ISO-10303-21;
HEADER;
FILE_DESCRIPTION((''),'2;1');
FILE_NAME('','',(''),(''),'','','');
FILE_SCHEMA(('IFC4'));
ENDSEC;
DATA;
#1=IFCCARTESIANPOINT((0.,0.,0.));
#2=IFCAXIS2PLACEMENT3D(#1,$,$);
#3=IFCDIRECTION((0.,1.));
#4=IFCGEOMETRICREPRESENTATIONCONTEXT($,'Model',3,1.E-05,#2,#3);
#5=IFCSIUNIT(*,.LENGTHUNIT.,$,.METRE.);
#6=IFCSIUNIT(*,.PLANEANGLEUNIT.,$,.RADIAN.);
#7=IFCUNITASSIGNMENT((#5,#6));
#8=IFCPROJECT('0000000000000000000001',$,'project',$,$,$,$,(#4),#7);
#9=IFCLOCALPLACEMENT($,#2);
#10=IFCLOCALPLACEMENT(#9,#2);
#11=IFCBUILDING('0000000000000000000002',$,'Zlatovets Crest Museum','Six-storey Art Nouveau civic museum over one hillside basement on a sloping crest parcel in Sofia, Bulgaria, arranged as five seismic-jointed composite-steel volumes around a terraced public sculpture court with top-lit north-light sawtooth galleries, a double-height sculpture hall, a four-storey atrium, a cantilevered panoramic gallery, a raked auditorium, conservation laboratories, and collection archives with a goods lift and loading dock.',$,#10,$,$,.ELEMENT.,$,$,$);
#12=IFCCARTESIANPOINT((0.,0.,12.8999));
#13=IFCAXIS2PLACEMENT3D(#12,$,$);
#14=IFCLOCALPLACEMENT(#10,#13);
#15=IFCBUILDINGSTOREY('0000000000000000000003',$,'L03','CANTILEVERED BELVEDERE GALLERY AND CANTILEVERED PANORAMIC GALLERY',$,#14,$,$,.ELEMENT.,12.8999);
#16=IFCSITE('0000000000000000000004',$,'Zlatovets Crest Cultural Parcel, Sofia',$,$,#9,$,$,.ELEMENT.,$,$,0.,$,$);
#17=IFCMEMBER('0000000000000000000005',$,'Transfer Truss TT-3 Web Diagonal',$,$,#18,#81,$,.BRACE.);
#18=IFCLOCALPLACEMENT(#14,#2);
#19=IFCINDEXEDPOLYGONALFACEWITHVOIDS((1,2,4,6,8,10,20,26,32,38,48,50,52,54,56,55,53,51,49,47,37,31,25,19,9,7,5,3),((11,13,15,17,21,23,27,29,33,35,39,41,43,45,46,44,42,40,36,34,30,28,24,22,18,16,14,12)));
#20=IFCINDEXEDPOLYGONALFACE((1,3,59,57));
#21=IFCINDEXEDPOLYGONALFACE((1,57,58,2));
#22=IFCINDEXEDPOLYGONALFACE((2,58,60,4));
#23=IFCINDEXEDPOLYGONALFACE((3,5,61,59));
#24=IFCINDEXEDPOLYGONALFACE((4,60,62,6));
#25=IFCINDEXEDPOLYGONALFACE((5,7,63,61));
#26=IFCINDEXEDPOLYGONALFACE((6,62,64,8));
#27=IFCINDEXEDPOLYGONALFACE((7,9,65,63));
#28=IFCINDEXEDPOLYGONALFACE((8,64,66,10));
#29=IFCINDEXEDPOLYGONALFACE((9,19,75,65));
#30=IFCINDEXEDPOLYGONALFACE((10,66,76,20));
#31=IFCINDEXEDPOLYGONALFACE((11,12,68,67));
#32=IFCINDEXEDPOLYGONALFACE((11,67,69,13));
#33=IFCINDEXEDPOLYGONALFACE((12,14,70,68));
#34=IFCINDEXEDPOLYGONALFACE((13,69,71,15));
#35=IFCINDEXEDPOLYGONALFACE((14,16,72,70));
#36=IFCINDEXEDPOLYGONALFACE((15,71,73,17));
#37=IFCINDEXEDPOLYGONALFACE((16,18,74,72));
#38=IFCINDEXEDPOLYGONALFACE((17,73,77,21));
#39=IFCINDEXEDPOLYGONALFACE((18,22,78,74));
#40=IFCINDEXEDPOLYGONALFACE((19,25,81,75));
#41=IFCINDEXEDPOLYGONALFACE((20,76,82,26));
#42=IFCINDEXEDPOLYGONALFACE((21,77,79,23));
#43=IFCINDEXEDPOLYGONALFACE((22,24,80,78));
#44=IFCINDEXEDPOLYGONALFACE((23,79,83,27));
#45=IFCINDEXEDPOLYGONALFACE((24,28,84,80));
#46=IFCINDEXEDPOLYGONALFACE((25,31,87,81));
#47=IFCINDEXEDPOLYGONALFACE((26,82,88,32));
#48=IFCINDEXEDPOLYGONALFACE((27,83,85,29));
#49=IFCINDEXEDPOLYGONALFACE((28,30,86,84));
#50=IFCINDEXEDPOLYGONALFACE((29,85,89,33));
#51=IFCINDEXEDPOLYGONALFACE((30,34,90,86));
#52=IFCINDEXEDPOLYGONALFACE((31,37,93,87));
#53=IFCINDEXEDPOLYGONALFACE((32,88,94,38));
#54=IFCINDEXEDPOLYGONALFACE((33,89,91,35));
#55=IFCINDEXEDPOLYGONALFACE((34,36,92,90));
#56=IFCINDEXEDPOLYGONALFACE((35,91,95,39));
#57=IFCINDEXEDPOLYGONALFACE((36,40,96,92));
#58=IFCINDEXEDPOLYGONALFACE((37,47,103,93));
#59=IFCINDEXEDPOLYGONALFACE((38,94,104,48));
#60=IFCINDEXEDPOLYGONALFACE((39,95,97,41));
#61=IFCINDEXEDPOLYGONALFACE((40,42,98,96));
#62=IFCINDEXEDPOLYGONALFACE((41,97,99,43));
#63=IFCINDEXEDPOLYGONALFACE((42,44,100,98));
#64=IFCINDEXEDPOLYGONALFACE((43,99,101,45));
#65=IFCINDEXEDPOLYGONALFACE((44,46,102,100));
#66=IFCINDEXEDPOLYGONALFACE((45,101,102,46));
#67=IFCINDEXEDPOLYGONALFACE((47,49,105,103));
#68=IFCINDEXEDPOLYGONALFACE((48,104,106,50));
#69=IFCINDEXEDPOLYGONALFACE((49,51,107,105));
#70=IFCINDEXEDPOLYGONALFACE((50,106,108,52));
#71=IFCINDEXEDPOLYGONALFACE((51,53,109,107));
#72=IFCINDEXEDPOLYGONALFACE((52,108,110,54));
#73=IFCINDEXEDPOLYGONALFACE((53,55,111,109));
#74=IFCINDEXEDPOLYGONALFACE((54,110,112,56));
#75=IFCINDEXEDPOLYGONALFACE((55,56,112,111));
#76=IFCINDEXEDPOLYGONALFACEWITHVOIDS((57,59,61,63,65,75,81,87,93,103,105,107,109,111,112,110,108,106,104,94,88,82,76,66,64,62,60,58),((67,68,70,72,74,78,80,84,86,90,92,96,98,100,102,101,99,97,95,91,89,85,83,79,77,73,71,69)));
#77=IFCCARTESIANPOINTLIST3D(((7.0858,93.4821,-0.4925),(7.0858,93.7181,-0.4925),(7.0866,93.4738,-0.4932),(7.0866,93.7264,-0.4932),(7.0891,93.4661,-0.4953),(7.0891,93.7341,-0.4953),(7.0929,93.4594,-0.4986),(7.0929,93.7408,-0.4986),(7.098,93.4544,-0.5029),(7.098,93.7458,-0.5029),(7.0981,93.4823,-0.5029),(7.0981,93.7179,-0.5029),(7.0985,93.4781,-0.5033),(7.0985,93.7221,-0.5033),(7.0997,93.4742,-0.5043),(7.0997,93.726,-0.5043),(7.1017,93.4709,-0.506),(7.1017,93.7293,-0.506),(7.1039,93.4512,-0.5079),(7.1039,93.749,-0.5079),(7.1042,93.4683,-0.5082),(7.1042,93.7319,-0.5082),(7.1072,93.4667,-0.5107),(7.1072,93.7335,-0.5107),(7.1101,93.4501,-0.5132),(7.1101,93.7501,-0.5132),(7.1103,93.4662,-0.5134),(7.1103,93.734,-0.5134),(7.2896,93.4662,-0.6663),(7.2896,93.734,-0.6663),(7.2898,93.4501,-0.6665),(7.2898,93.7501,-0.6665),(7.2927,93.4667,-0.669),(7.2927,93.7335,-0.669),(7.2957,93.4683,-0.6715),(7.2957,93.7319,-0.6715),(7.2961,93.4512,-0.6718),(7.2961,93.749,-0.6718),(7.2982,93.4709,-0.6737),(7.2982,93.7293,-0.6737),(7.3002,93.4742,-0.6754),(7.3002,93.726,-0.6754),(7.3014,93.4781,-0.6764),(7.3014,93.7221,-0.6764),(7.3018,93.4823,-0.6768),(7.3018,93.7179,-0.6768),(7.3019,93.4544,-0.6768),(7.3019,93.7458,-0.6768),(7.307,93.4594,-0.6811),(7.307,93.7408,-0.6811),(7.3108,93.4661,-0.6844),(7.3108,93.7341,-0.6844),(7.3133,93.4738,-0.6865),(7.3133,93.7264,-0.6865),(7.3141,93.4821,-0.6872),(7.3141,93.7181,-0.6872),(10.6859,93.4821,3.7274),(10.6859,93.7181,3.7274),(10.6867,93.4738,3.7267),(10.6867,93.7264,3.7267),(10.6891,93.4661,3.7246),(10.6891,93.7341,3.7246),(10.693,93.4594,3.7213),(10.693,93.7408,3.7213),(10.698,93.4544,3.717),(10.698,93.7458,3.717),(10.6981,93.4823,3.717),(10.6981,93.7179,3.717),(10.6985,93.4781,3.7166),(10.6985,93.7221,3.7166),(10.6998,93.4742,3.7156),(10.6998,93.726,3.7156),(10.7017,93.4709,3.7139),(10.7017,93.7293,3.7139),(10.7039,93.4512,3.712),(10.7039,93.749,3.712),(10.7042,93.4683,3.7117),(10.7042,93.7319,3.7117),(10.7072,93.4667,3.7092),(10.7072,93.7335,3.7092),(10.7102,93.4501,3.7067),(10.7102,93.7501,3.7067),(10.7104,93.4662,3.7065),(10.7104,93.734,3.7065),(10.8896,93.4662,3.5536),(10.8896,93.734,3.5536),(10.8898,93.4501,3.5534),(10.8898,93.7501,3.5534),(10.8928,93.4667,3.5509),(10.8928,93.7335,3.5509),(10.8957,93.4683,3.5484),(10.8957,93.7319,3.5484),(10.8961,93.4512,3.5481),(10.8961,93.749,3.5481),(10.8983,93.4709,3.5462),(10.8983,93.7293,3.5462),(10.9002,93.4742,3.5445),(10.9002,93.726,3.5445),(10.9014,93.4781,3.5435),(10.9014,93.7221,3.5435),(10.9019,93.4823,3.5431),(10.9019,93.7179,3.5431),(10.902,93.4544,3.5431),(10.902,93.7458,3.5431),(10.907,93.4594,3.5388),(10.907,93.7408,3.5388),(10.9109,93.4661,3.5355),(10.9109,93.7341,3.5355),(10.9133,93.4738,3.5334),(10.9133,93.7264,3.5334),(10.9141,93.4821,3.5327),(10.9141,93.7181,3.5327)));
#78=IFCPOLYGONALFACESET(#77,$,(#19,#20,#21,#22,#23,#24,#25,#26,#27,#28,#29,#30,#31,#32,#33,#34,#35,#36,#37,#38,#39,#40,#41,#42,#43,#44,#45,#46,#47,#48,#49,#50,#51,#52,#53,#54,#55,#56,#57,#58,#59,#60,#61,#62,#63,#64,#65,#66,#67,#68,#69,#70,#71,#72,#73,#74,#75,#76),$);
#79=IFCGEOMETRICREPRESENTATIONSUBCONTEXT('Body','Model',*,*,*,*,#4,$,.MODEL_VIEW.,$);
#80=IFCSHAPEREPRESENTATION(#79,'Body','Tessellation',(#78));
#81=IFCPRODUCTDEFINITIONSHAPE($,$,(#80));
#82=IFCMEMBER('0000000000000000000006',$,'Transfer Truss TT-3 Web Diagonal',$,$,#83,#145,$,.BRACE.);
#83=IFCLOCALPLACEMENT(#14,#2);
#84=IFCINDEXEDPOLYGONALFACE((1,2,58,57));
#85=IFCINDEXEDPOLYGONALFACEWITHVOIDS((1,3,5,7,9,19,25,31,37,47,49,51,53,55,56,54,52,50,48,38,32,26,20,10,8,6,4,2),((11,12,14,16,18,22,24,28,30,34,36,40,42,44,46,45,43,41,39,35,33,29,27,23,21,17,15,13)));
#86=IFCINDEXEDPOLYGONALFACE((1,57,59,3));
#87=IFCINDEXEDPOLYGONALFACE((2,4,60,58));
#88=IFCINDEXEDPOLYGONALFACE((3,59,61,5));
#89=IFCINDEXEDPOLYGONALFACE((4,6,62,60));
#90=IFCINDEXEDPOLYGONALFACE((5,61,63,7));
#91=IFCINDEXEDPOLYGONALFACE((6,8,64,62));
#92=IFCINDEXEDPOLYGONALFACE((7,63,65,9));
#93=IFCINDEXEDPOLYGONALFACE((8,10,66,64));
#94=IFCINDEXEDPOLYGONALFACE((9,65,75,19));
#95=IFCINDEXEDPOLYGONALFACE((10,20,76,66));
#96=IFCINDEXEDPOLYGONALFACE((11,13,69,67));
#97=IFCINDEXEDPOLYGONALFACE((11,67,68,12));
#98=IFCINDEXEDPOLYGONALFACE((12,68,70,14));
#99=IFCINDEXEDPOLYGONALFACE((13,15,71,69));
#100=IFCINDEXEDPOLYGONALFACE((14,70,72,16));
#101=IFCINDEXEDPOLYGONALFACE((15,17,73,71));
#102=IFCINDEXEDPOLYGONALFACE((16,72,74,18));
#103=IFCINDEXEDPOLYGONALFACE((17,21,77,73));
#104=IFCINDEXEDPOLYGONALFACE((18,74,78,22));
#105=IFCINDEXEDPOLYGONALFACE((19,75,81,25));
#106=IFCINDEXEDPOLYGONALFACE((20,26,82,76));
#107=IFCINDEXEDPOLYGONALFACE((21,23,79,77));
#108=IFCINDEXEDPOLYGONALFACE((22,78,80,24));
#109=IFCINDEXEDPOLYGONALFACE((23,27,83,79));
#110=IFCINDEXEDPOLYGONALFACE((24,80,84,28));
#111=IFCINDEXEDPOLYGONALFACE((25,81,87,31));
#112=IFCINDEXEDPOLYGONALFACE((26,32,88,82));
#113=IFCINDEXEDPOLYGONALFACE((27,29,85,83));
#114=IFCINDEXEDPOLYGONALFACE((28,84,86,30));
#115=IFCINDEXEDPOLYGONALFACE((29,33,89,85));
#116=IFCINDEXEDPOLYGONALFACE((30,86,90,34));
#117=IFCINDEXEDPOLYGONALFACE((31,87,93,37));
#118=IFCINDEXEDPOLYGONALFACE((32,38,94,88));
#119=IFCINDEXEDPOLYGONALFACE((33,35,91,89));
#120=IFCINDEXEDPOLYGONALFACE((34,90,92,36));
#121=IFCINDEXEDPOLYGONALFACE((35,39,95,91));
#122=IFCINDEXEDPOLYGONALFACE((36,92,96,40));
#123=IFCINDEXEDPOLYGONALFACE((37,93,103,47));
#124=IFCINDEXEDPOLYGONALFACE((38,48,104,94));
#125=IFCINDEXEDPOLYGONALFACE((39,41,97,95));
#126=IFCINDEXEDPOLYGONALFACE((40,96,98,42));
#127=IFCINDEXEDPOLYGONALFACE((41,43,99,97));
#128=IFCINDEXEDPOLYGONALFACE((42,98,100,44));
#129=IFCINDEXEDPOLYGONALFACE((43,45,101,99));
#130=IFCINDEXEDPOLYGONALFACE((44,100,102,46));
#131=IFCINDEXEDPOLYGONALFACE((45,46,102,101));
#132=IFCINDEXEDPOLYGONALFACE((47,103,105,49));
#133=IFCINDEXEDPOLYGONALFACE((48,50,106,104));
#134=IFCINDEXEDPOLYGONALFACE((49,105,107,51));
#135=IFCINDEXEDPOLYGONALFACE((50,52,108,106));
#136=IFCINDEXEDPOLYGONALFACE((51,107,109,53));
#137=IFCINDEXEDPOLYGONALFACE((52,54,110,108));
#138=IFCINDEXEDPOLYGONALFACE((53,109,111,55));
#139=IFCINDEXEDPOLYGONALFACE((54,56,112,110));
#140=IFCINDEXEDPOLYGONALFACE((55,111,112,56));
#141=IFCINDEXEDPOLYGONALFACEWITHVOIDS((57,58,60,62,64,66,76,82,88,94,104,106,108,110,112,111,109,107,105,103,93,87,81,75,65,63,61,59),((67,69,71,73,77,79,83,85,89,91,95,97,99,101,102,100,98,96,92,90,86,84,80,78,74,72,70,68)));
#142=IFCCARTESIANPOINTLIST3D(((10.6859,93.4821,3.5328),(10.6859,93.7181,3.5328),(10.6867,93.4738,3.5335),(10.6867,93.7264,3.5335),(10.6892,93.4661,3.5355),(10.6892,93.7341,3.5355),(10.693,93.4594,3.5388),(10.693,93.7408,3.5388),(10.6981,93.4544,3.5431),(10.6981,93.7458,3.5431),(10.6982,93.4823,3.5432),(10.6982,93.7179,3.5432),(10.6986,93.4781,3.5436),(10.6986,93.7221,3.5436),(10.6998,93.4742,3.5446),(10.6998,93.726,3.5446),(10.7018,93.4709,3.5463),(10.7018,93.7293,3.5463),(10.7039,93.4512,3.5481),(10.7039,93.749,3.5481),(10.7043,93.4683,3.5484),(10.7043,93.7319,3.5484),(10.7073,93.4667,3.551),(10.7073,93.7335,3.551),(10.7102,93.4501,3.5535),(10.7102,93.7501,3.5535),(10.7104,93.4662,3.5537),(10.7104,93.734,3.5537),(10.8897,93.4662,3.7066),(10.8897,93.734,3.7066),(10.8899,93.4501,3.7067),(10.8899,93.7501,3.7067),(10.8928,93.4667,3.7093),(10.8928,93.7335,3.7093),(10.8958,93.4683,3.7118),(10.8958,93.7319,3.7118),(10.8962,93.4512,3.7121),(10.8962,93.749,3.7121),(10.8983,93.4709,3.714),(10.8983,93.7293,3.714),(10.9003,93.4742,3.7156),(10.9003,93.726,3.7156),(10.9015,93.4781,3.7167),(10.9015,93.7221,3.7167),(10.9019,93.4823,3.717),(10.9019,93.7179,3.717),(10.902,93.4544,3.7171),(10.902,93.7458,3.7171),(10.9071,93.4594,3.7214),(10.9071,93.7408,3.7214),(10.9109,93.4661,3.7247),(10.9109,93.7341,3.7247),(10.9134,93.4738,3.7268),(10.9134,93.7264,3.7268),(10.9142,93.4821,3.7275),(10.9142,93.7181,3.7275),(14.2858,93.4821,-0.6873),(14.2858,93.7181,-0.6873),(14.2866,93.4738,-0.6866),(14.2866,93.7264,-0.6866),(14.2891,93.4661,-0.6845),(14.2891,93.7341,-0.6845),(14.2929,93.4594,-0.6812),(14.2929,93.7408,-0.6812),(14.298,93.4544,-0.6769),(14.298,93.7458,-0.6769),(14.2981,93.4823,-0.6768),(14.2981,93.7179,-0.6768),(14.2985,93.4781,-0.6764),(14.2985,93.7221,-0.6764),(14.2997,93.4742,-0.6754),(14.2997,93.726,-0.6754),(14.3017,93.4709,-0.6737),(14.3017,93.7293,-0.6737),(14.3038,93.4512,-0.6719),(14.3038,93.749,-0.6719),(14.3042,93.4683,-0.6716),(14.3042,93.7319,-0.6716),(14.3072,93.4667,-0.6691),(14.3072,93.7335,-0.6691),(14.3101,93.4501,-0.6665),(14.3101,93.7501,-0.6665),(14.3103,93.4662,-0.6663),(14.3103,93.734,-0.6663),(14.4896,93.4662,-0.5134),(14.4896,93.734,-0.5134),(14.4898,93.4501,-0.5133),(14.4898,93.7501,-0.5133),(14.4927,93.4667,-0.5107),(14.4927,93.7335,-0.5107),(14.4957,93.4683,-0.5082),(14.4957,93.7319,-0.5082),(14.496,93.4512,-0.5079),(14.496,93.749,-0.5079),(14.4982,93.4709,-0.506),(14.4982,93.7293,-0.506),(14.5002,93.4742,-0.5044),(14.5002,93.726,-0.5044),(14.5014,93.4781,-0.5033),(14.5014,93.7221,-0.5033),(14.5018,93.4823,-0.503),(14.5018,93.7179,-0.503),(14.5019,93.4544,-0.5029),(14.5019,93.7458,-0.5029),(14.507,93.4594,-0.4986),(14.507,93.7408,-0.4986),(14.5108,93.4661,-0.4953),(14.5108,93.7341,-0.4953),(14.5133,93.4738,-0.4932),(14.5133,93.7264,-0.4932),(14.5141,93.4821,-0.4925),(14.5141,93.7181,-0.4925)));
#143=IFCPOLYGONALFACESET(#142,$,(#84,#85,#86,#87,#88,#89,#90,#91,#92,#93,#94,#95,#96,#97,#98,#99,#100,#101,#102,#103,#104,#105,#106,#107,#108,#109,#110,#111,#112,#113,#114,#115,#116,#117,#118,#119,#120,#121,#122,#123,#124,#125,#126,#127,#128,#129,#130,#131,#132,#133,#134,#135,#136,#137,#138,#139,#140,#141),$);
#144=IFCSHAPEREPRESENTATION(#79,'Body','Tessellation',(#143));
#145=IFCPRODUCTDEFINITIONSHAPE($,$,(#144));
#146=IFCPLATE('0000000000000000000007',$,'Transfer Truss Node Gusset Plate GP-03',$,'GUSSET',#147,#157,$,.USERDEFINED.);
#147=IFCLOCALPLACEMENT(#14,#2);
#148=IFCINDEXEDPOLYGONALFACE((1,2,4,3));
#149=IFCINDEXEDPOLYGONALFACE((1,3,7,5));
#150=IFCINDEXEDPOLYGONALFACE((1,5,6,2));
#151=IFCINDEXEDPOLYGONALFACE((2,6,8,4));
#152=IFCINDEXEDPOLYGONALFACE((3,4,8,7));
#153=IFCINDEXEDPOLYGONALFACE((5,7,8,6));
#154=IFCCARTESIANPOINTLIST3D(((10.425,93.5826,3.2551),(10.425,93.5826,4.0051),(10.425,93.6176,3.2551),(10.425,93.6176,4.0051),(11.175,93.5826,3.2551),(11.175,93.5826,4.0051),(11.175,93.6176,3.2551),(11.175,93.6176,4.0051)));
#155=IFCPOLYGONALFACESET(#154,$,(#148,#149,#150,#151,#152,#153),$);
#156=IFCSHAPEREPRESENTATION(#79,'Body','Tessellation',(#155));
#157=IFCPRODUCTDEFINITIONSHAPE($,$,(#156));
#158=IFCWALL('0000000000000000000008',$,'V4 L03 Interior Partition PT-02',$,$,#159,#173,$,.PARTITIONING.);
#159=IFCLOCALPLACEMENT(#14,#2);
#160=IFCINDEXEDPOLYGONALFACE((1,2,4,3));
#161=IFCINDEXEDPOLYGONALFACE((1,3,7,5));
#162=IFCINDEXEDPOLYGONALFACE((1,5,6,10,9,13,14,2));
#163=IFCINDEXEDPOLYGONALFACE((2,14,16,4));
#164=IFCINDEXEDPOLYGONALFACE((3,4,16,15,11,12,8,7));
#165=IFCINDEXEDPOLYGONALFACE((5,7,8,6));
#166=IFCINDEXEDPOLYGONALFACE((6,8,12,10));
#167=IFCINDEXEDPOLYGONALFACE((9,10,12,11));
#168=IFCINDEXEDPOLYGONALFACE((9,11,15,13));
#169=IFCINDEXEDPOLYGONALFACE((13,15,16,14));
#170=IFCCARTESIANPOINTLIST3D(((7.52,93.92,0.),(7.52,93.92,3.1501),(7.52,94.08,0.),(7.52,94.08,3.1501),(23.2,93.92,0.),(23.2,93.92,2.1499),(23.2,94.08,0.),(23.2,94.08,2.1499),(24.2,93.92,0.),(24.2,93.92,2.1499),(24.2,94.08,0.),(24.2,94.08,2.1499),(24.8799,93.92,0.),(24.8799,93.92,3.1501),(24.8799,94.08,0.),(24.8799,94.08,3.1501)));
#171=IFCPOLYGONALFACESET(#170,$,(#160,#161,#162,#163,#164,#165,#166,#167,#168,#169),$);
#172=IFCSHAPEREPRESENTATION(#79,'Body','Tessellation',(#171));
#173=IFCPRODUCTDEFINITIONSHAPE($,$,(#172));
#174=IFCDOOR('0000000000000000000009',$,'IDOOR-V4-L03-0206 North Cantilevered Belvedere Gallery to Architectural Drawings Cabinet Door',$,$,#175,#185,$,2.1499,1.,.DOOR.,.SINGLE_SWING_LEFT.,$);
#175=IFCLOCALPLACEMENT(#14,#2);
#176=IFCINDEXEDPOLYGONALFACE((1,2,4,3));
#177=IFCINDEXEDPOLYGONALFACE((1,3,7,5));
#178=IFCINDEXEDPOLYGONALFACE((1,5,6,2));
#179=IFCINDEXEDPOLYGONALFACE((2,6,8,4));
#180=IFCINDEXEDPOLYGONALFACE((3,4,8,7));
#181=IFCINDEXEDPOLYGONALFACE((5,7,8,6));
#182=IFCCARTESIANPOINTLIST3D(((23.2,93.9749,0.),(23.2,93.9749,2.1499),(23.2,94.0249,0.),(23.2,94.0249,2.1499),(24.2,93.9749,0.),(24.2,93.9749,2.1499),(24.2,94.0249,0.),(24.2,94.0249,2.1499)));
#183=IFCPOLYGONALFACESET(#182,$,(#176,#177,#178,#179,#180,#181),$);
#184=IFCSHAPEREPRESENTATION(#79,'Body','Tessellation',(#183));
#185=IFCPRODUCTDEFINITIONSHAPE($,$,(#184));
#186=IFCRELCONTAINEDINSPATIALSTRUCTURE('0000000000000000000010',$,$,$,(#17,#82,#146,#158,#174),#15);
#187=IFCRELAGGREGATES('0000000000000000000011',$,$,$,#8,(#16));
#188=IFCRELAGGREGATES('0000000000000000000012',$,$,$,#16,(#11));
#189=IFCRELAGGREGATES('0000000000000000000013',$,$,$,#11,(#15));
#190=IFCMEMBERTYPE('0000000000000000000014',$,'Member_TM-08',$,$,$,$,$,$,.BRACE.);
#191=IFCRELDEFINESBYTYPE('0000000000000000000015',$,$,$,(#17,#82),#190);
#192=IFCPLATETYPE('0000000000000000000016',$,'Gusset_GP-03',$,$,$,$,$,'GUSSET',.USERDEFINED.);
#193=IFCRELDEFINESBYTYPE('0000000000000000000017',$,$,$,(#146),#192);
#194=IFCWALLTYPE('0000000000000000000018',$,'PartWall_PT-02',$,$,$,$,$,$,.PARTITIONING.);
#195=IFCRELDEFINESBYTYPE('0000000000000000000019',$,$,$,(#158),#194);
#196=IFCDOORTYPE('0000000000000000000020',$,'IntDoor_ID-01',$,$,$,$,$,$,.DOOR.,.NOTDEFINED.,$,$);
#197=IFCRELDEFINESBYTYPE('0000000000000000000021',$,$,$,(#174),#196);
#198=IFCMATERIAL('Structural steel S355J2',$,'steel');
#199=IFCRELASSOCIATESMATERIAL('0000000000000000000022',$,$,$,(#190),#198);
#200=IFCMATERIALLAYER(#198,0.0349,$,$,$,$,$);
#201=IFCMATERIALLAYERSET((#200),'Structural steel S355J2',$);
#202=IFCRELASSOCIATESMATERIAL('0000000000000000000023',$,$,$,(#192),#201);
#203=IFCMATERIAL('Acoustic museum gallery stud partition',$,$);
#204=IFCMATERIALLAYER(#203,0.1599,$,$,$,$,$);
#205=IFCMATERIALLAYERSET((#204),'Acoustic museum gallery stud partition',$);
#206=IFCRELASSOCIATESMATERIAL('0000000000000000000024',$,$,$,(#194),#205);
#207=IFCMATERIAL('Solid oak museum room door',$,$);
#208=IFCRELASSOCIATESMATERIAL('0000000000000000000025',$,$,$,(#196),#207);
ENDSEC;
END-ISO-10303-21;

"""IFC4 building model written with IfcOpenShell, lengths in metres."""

from ifc_helpers import new_model, si_unit, direction, frame, frame_2d, origin, origin_2d, place, context, subcontext, project, spatial, rectangle, hollow_rectangle, extrude, material, layer, layer_set, material_profile, profile_set, type_object, element, fill, save


model = new_model("IFC4")

# Units and contexts
model_context = context("Model", 3, precision=1e-05, world=origin(), true_north=direction((0.0, 1.0)))
body_context = subcontext(model_context, "Body", "Model", "MODEL_VIEW")
ifc_project = project(units=[si_unit("LENGTHUNIT", "METRE"), si_unit("PLANEANGLEUNIT", "RADIAN")], contexts=[model_context])

# Site, building, storey
site_placement = place(None, origin())
site = spatial("IfcSite", under=ifc_project, at=site_placement, Name="Zlatovets Crest Cultural Parcel, Sofia", CompositionType="ELEMENT", RefElevation=0.0)
building_placement = place(site_placement, origin())
building = spatial("IfcBuilding", under=site, at=building_placement, Name="Zlatovets Crest Museum", Description="Six-storey Art Nouveau civic museum over one hillside basement on a sloping crest parcel in Sofia, Bulgaria, arranged as five seismic-jointed composite-steel volumes around a terraced public sculpture court with top-lit north-light sawtooth galleries, a double-height sculpture hall, a four-storey atrium, a cantilevered panoramic gallery, a raked auditorium, conservation laboratories, and collection archives with a goods lift and loading dock.", CompositionType="ELEMENT")
storey_placement = place(building_placement, frame((0.0, 0.0, 12.8999)))
storey = spatial("IfcBuildingStorey", under=building, at=storey_placement, Name="L03", Description="CANTILEVERED BELVEDERE GALLERY AND CANTILEVERED PANORAMIC GALLERY", CompositionType="ELEMENT", Elevation=12.8999)

# Shared definitions
ifc_material_1 = material(Name="Structural steel S355J2", Category="steel")

# Members
ifc_material_profile_1 = material_profile(ifc_material_1, hollow_rectangle(XDim=0.3, YDim=0.3, WallThickness=0.0161, InnerFilletRadius=0.0161, OuterFilletRadius=0.032, at=origin_2d()), Name="SHS 300x300x16.0")
ifc_profile_set_1 = profile_set([ifc_material_profile_1], Name="Structural steel S355J2")
member_type_1 = type_object("IfcMemberType", Name="Member_TM-08", PredefinedType="BRACE", material=ifc_profile_set_1)
for number, where, z_axis, x_axis, name in (
    (1, (7.2, 93.6001, -0.5898), (0.649021, 0.0, 0.760771), (0.0, 1.0, 0.0), "Transfer Truss TT-3 Web Diagonal"),
    (2, (10.8, 93.6001, 3.6301), (0.648995, 0.0, -0.760792), (0.0, 1.0, 0.0), "Transfer Truss TT-3 Web Diagonal"),
):
    element("IfcMember", number, at=place(storey_placement, frame(where, z_axis=z_axis, x_axis=x_axis)), inside=storey, type_object=member_type_1, Name=name, PredefinedType="BRACE", context=body_context, shape_type="SweptSolid", body=[
        extrude(hollow_rectangle(XDim=0.3, YDim=0.3, WallThickness=0.0161, InnerFilletRadius=0.0161, OuterFilletRadius=0.032, at=origin_2d()), origin(), (0.0, 0.0, 1.0), 5.5469),
    ])

# Plate
ifc_layer_1 = layer(ifc_material_1, 0.0349)
ifc_layer_set_1 = layer_set([ifc_layer_1], Name="Structural steel S355J2")
plate_type = type_object("IfcPlateType", Name="Gusset_GP-03", ElementType="GUSSET", PredefinedType="USERDEFINED", material=ifc_layer_set_1)
plate_placement = place(storey_placement, frame((10.8, 93.6001, 3.2551), z_axis=(0.0, 0.0, 1.0), x_axis=(1.0, 0.0, 0.0)))
element("IfcPlate", 3, at=plate_placement, inside=storey, type_object=plate_type, Name="Transfer Truss Node Gusset Plate GP-03", ObjectType="GUSSET", PredefinedType="USERDEFINED", context=body_context, shape_type="SweptSolid", body=[
    extrude(rectangle(XDim=0.75, YDim=0.0349, at=origin_2d()), origin(), (0.0, 0.0, 1.0), 0.75),
])

# Wall, opening, door
ifc_material_2 = material(Name="Acoustic museum gallery stud partition")
ifc_layer_2 = layer(ifc_material_2, 0.1599)
ifc_layer_set_2 = layer_set([ifc_layer_2], Name="Acoustic museum gallery stud partition")
wall_type = type_object("IfcWallType", Name="PartWall_PT-02", PredefinedType="PARTITIONING", material=ifc_layer_set_2)
wall_placement = place(storey_placement, frame((7.52, 94.0, 0.0), z_axis=(0.0, 0.0, 1.0), x_axis=(1.0, 0.0, 0.0)))
wall = element("IfcWall", 4, at=wall_placement, inside=storey, type_object=wall_type, Name="V4 L03 Interior Partition PT-02", PredefinedType="PARTITIONING", context=body_context, shape_type="SweptSolid", body=[
    extrude(rectangle(XDim=17.3599, YDim=0.1599, at=frame_2d((8.6799, 0.0))), origin(), (0.0, 0.0, 1.0), 3.1501),
])
opening_placement = place(wall_placement, frame((15.6799, 0.0, 0.0)))
opening = element("IfcOpeningElement", 5, at=opening_placement, cuts=wall, PredefinedType="OPENING", context=body_context, shape_type="SweptSolid", body=[
    extrude(rectangle(XDim=1.0, YDim=2.1499, at=frame_2d((0.5, 1.075))), frame((0.0, 0.0898, 0.0), z_axis=(0.0, -1.0, 0.0), x_axis=(1.0, 0.0, 0.0)), (0.0, 0.0, 1.0), 0.1799),
])
ifc_material_3 = material(Name="Solid oak museum room door")
door_type = type_object("IfcDoorType", Name="IntDoor_ID-01", OperationType="NOTDEFINED", PredefinedType="DOOR", material=ifc_material_3)
door_placement = place(opening_placement, origin())
door = element("IfcDoor", 6, at=door_placement, inside=storey, type_object=door_type, Name="IDOOR-V4-L03-0206 North Cantilevered Belvedere Gallery to Architectural Drawings Cabinet Door", OperationType="SINGLE_SWING_LEFT", OverallHeight=2.1499, OverallWidth=1.0, PredefinedType="DOOR", context=body_context, shape_type="SweptSolid", body=[
    extrude(rectangle(XDim=1.0, YDim=2.1499, at=frame_2d((0.5, 1.075))), frame((0.0, 0.0249, 0.0), z_axis=(0.0, -1.0, 0.0), x_axis=(1.0, 0.0, 0.0)), (0.0, 0.0, 1.0), 0.05),
])
fill(opening, door)

save(model, "model.ifc")
